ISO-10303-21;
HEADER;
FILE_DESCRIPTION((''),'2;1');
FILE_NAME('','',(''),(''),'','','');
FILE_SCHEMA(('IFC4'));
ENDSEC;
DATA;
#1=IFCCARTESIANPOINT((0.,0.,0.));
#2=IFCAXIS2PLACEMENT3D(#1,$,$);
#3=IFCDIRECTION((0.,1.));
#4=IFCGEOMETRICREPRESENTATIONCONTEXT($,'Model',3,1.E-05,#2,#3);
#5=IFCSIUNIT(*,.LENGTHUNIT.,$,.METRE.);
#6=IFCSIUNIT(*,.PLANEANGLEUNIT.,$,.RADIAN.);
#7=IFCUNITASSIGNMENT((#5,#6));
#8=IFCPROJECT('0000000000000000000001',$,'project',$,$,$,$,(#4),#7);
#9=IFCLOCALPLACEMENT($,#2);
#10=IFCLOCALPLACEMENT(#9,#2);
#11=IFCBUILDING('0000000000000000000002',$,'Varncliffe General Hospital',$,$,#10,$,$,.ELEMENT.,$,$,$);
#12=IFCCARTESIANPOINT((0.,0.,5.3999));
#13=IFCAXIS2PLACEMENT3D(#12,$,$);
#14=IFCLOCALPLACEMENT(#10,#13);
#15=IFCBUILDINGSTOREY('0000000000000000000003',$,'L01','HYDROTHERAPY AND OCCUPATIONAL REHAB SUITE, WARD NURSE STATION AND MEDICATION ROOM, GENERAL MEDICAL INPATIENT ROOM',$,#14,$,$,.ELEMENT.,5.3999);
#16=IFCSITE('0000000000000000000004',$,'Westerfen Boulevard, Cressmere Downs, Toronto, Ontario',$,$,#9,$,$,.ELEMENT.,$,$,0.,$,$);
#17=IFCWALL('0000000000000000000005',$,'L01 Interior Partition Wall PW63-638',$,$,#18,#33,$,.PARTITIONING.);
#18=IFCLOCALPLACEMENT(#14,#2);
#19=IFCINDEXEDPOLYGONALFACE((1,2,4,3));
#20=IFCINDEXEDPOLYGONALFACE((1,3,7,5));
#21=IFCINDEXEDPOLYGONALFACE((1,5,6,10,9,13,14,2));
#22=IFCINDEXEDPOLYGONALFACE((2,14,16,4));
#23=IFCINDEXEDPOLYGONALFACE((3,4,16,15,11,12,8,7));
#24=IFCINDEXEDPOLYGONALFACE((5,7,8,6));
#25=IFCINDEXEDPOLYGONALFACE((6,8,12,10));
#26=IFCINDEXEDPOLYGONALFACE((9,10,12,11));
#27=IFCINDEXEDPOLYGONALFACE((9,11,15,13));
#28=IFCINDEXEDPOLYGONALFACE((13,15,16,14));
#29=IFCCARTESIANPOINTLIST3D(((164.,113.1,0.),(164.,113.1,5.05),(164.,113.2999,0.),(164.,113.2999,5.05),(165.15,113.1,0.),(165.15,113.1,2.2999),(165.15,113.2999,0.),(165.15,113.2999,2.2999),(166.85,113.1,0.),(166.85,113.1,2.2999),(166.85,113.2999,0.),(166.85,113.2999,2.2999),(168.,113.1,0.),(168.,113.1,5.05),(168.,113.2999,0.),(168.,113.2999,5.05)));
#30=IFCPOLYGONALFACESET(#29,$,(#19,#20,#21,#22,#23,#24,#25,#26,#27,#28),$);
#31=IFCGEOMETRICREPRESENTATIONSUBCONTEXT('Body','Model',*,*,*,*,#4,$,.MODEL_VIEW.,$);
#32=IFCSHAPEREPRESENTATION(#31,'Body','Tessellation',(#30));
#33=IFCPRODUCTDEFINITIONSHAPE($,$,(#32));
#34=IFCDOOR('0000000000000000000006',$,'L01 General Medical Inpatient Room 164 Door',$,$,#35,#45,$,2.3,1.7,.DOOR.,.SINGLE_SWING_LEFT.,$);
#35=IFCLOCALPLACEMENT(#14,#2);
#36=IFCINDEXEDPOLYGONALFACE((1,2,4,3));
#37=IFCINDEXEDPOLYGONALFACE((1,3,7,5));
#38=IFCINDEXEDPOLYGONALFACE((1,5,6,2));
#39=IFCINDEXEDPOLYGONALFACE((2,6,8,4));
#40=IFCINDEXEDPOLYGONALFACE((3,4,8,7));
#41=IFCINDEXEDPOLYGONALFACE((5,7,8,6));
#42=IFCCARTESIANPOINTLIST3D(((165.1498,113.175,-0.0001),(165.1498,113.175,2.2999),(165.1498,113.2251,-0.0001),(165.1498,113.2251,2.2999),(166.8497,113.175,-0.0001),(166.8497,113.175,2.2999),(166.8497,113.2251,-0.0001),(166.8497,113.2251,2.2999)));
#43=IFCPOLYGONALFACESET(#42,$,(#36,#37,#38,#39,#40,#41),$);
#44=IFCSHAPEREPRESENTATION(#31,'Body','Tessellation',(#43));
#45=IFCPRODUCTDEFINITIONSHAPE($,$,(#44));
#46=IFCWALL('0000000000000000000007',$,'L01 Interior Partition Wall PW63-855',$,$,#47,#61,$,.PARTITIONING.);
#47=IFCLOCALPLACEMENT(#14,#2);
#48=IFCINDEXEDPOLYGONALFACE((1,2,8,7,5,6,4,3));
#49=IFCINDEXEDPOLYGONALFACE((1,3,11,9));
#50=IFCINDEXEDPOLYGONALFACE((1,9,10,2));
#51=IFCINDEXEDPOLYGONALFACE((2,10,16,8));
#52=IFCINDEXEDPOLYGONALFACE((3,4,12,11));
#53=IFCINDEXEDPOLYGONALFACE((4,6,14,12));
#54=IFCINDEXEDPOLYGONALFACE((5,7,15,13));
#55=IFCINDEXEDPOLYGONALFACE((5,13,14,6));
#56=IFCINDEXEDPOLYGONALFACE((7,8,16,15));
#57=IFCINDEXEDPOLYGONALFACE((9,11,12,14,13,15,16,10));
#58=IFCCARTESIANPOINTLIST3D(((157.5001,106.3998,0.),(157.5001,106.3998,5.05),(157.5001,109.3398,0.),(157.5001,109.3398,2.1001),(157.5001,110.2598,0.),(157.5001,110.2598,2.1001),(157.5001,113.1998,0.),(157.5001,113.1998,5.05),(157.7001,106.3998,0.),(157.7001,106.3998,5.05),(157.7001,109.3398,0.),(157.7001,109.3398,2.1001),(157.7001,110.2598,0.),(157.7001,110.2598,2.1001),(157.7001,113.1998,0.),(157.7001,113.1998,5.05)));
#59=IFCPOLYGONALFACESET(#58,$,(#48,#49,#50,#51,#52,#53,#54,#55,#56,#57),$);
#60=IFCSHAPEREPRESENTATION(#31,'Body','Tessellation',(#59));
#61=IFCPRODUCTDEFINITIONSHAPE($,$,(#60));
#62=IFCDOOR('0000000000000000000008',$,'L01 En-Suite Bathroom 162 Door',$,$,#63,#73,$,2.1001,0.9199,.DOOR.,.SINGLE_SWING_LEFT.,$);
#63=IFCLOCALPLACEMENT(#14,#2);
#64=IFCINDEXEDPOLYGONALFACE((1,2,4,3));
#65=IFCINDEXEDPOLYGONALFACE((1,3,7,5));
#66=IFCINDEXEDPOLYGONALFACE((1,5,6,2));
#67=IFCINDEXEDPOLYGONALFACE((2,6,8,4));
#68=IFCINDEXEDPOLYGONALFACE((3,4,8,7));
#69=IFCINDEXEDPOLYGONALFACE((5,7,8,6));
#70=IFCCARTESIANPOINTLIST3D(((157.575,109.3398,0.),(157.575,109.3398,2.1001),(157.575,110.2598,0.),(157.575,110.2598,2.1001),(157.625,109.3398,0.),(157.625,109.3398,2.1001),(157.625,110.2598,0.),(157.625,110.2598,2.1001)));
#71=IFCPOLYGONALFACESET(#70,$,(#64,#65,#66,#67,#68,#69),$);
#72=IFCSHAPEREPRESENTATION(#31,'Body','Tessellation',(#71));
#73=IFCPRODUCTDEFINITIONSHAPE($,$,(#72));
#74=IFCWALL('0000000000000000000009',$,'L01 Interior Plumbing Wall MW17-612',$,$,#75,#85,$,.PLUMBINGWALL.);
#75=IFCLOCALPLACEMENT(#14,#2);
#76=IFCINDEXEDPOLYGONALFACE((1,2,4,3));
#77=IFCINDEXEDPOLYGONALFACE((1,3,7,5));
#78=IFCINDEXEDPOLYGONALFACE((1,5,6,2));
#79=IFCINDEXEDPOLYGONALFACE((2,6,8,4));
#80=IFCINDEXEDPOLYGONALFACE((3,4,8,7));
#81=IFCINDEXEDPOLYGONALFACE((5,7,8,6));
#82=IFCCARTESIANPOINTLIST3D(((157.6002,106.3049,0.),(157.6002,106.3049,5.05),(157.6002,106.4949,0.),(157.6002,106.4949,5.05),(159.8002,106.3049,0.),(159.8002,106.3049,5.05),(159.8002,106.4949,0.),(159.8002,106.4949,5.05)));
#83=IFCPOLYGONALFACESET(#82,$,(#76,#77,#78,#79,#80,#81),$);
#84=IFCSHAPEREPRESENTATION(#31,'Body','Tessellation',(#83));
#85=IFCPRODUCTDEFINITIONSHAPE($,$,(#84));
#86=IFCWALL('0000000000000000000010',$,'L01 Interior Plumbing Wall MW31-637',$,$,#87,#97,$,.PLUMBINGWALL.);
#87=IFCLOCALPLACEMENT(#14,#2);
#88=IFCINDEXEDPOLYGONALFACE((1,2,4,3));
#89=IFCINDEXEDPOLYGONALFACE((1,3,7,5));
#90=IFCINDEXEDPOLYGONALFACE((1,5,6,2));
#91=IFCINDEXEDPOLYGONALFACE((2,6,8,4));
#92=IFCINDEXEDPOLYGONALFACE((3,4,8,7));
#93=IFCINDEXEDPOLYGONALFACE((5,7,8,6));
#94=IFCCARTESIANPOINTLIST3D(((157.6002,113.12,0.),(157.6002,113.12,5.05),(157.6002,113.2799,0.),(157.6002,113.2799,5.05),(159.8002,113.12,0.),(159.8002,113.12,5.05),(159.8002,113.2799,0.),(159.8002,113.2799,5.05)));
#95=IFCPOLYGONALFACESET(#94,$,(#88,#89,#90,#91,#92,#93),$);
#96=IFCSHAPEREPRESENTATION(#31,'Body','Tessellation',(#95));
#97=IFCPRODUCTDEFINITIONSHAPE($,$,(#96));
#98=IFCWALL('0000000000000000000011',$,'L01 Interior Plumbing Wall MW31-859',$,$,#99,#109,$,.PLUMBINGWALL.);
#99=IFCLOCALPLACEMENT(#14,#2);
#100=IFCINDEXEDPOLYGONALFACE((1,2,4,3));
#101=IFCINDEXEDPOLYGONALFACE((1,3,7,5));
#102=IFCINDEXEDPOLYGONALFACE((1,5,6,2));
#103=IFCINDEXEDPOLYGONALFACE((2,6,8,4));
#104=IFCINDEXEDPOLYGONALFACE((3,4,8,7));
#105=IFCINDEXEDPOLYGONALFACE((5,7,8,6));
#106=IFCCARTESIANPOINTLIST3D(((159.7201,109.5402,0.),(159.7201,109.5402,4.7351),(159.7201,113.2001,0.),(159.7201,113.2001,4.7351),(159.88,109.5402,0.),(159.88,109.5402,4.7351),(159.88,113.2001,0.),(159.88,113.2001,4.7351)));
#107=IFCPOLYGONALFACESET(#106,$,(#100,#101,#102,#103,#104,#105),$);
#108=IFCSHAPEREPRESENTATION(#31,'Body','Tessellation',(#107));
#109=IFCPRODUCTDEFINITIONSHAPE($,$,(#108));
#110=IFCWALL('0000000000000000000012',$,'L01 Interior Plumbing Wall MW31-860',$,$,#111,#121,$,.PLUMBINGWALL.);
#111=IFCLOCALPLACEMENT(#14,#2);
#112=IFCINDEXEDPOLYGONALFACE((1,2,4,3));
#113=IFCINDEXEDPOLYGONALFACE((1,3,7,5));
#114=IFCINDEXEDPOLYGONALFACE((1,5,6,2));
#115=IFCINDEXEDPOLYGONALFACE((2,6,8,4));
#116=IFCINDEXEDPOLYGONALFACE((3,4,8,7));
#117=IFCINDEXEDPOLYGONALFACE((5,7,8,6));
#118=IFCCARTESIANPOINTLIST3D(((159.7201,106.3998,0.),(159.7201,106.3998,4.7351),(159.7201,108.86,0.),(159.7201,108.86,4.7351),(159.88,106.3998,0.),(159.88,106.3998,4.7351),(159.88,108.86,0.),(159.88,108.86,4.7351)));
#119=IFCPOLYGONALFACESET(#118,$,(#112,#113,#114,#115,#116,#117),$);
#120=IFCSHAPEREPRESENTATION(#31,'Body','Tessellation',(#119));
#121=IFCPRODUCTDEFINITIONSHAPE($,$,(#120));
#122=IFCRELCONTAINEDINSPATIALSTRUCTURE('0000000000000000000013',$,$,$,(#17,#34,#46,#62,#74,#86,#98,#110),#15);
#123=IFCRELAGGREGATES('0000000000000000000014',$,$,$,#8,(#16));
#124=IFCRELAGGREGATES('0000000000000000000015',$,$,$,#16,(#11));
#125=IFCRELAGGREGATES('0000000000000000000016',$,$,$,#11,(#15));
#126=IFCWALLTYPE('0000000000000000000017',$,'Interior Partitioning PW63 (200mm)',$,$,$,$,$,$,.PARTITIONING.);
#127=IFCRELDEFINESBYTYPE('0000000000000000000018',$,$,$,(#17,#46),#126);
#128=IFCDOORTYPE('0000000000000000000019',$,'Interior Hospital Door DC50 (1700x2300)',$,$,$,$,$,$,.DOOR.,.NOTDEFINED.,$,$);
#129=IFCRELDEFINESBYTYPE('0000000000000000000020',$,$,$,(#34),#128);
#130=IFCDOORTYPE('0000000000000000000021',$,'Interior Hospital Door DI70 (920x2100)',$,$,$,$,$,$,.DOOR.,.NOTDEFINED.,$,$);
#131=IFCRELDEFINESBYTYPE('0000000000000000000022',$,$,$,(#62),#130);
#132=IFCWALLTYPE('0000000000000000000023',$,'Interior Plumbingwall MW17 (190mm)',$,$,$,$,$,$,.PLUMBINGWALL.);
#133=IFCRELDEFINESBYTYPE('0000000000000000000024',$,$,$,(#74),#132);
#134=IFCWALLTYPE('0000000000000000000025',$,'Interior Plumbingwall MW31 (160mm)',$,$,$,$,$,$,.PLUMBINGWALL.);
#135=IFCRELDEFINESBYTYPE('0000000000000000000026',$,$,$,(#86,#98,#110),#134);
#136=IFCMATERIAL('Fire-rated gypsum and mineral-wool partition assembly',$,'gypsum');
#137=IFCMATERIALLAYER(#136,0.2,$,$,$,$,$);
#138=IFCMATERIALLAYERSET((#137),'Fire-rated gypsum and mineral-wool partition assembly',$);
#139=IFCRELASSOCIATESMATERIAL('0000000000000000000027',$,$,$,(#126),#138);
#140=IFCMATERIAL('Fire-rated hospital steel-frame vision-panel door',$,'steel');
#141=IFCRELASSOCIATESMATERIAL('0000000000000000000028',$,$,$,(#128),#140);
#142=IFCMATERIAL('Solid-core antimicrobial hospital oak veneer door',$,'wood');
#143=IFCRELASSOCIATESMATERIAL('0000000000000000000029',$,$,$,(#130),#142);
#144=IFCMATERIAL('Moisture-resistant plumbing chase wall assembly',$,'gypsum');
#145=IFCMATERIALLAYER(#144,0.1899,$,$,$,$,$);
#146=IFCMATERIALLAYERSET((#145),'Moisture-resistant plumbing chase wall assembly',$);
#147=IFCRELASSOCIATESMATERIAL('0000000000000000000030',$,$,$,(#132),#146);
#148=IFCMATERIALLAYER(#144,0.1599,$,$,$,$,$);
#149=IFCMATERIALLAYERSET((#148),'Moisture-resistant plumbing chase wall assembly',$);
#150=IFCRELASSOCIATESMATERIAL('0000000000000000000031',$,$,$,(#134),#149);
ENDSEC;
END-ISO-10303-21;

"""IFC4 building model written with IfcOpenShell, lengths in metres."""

from ifc_helpers import new_model, si_unit, direction, frame, frame_2d, origin, place, context, subcontext, project, spatial, rectangle, extrude, material, layer, layer_set, type_object, element, fill, save


model = new_model("IFC4")

# Units and contexts
model_context = context("Model", 3, precision=1e-05, world=origin(), true_north=direction((0.0, 1.0)))
body_context = subcontext(model_context, "Body", "Model", "MODEL_VIEW")
ifc_project = project(units=[si_unit("LENGTHUNIT", "METRE"), si_unit("PLANEANGLEUNIT", "RADIAN")], contexts=[model_context])

# Site, building, storey
site_placement = place(None, origin())
site = spatial("IfcSite", under=ifc_project, at=site_placement, Name="Westerfen Boulevard, Cressmere Downs, Toronto, Ontario", CompositionType="ELEMENT", RefElevation=0.0)
building_placement = place(site_placement, origin())
building = spatial("IfcBuilding", under=site, at=building_placement, Name="Varncliffe General Hospital", CompositionType="ELEMENT")
storey_placement = place(building_placement, frame((0.0, 0.0, 5.3999)))
storey = spatial("IfcBuildingStorey", under=building, at=storey_placement, Name="L01", Description="HYDROTHERAPY AND OCCUPATIONAL REHAB SUITE, WARD NURSE STATION AND MEDICATION ROOM, GENERAL MEDICAL INPATIENT ROOM", CompositionType="ELEMENT", Elevation=5.3999)

# Walls, openings, doors
ifc_material_1 = material(Name="Fire-rated gypsum and mineral-wool partition assembly", Category="gypsum")
ifc_layer_1 = layer(ifc_material_1, 0.2)
ifc_layer_set_1 = layer_set([ifc_layer_1], Name="Fire-rated gypsum and mineral-wool partition assembly")
wall_type_1 = type_object("IfcWallType", Name="Interior Partitioning PW63 (200mm)", PredefinedType="PARTITIONING", material=ifc_layer_set_1)
ifc_material_2 = material(Name="Fire-rated hospital steel-frame vision-panel door", Category="steel")
wall_1_placement = place(storey_placement, frame((164.0, 113.2, 0.0), z_axis=(0.0, 0.0, 1.0), x_axis=(1.0, 0.0, 0.0)))
wall_1 = element("IfcWall", 1, at=wall_1_placement, inside=storey, type_object=wall_type_1, Name="L01 Interior Partition Wall PW63-638", PredefinedType="PARTITIONING", context=body_context, shape_type="SweptSolid", body=[
    extrude(rectangle(XDim=4.0, YDim=0.2, at=frame_2d((2.0, 0.0))), origin(), (0.0, 0.0, 1.0), 5.05),
])
opening_1_placement = place(wall_1_placement, frame((1.1499, 0.0, 0.0)))
opening_1 = element("IfcOpeningElement", 2, at=opening_1_placement, cuts=wall_1, PredefinedType="OPENING", context=body_context, shape_type="SweptSolid", body=[
    extrude(rectangle(XDim=1.7, YDim=2.3, at=frame_2d((0.8501, 1.1499))), frame((0.0, 0.1099, 0.0), z_axis=(0.0, -1.0, 0.0), x_axis=(1.0, 0.0, 0.0)), (0.0, 0.0, 1.0), 0.22),
])
door_type_1 = type_object("IfcDoorType", Name="Interior Hospital Door DC50 (1700x2300)", OperationType="NOTDEFINED", PredefinedType="DOOR", material=ifc_material_2)
door_1_placement = place(opening_1_placement, frame((1.7, 0.0, 0.0), z_axis=(0.0, 0.0, 1.0), x_axis=(-1.0, 0.0, 0.0)))
door_1 = element("IfcDoor", 3, at=door_1_placement, inside=storey, type_object=door_type_1, Name="L01 General Medical Inpatient Room 164 Door", OperationType="SINGLE_SWING_LEFT", OverallHeight=2.3, OverallWidth=1.7, PredefinedType="DOOR", context=body_context, shape_type="SweptSolid", body=[
    extrude(rectangle(XDim=1.7, YDim=2.3, at=frame_2d((0.8501, 1.1499))), frame((0.0, 0.0249, 0.0), z_axis=(0.0, -1.0, 0.0), x_axis=(1.0, 0.0, 0.0)), (0.0, 0.0, 1.0), 0.05),
])
fill(opening_1, door_1)
wall_2_placement = place(storey_placement, frame((157.6001, 106.3999, 0.0), z_axis=(0.0, 0.0, 1.0), x_axis=(0.0, 1.0, 0.0)))
wall_2 = element("IfcWall", 4, at=wall_2_placement, inside=storey, type_object=wall_type_1, Name="L01 Interior Partition Wall PW63-855", PredefinedType="PARTITIONING", context=body_context, shape_type="SweptSolid", body=[
    extrude(rectangle(XDim=6.8, YDim=0.2, at=frame_2d((3.3999, 0.0))), origin(), (0.0, 0.0, 1.0), 5.05),
])
opening_2_placement = place(wall_2_placement, frame((2.9399, 0.0, 0.0)))
opening_2 = element("IfcOpeningElement", 5, at=opening_2_placement, cuts=wall_2, PredefinedType="OPENING", context=body_context, shape_type="SweptSolid", body=[
    extrude(rectangle(XDim=0.9199, YDim=2.1001, at=frame_2d((0.46, 1.05))), frame((0.0, 0.1099, 0.0), z_axis=(0.0, -1.0, 0.0), x_axis=(1.0, 0.0, 0.0)), (0.0, 0.0, 1.0), 0.22),
])
ifc_material_3 = material(Name="Solid-core antimicrobial hospital oak veneer door", Category="wood")
door_type_2 = type_object("IfcDoorType", Name="Interior Hospital Door DI70 (920x2100)", OperationType="NOTDEFINED", PredefinedType="DOOR", material=ifc_material_3)
door_2_placement = place(opening_2_placement, frame((0.9199, 0.0, 0.0), z_axis=(0.0, 0.0, 1.0), x_axis=(-1.0, 0.0, 0.0)))
door_2 = element("IfcDoor", 6, at=door_2_placement, inside=storey, type_object=door_type_2, Name="L01 En-Suite Bathroom 162 Door", OperationType="SINGLE_SWING_LEFT", OverallHeight=2.1001, OverallWidth=0.9199, PredefinedType="DOOR", context=body_context, shape_type="SweptSolid", body=[
    extrude(rectangle(XDim=0.9199, YDim=2.1001, at=frame_2d((0.46, 1.05))), frame((0.0, 0.0249, 0.0), z_axis=(0.0, -1.0, 0.0), x_axis=(1.0, 0.0, 0.0)), (0.0, 0.0, 1.0), 0.05),
])
fill(opening_2, door_2)

# Walls
ifc_material_4 = material(Name="Moisture-resistant plumbing chase wall assembly", Category="gypsum")
ifc_layer_2 = layer(ifc_material_4, 0.1899)
ifc_layer_set_2 = layer_set([ifc_layer_2], Name="Moisture-resistant plumbing chase wall assembly")
wall_type_2 = type_object("IfcWallType", Name="Interior Plumbingwall MW17 (190mm)", PredefinedType="PLUMBINGWALL", material=ifc_layer_set_2)
wall_3_placement = place(storey_placement, frame((157.6001, 106.3999, 0.0), z_axis=(0.0, 0.0, 1.0), x_axis=(1.0, 0.0, 0.0)))
element("IfcWall", 7, at=wall_3_placement, inside=storey, type_object=wall_type_2, Name="L01 Interior Plumbing Wall MW17-612", PredefinedType="PLUMBINGWALL", context=body_context, shape_type="SweptSolid", body=[
    extrude(rectangle(XDim=2.2, YDim=0.1899, at=frame_2d((1.1001, 0.0))), origin(), (0.0, 0.0, 1.0), 5.05),
])
ifc_layer_3 = layer(ifc_material_4, 0.1599)
ifc_layer_set_3 = layer_set([ifc_layer_3], Name="Moisture-resistant plumbing chase wall assembly")
wall_type_3 = type_object("IfcWallType", Name="Interior Plumbingwall MW31 (160mm)", PredefinedType="PLUMBINGWALL", material=ifc_layer_set_3)
wall_4_placement = place(storey_placement, frame((157.6001, 113.2, 0.0), z_axis=(0.0, 0.0, 1.0), x_axis=(1.0, 0.0, 0.0)))
element("IfcWall", 8, at=wall_4_placement, inside=storey, type_object=wall_type_3, Name="L01 Interior Plumbing Wall MW31-637", PredefinedType="PLUMBINGWALL", context=body_context, shape_type="SweptSolid", body=[
    extrude(rectangle(XDim=2.2, YDim=0.1599, at=frame_2d((1.1001, 0.0))), origin(), (0.0, 0.0, 1.0), 5.05),
])
wall_5_placement = place(storey_placement, frame((159.8, 109.54, 0.0), z_axis=(0.0, 0.0, 1.0), x_axis=(0.0, 1.0, 0.0)))
element("IfcWall", 9, at=wall_5_placement, inside=storey, type_object=wall_type_3, Name="L01 Interior Plumbing Wall MW31-859", PredefinedType="PLUMBINGWALL", context=body_context, shape_type="SweptSolid", body=[
    extrude(rectangle(XDim=3.6599, YDim=0.1599, at=frame_2d((1.8301, 0.0))), origin(), (0.0, 0.0, 1.0), 4.7351),
])
wall_6_placement = place(storey_placement, frame((159.8, 106.3999, 0.0), z_axis=(0.0, 0.0, 1.0), x_axis=(0.0, 1.0, 0.0)))
element("IfcWall", 10, at=wall_6_placement, inside=storey, type_object=wall_type_3, Name="L01 Interior Plumbing Wall MW31-860", PredefinedType="PLUMBINGWALL", context=body_context, shape_type="SweptSolid", body=[
    extrude(rectangle(XDim=2.4602, YDim=0.1599, at=frame_2d((1.23, 0.0))), origin(), (0.0, 0.0, 1.0), 4.7351),
])

save(model, "model.ifc")
